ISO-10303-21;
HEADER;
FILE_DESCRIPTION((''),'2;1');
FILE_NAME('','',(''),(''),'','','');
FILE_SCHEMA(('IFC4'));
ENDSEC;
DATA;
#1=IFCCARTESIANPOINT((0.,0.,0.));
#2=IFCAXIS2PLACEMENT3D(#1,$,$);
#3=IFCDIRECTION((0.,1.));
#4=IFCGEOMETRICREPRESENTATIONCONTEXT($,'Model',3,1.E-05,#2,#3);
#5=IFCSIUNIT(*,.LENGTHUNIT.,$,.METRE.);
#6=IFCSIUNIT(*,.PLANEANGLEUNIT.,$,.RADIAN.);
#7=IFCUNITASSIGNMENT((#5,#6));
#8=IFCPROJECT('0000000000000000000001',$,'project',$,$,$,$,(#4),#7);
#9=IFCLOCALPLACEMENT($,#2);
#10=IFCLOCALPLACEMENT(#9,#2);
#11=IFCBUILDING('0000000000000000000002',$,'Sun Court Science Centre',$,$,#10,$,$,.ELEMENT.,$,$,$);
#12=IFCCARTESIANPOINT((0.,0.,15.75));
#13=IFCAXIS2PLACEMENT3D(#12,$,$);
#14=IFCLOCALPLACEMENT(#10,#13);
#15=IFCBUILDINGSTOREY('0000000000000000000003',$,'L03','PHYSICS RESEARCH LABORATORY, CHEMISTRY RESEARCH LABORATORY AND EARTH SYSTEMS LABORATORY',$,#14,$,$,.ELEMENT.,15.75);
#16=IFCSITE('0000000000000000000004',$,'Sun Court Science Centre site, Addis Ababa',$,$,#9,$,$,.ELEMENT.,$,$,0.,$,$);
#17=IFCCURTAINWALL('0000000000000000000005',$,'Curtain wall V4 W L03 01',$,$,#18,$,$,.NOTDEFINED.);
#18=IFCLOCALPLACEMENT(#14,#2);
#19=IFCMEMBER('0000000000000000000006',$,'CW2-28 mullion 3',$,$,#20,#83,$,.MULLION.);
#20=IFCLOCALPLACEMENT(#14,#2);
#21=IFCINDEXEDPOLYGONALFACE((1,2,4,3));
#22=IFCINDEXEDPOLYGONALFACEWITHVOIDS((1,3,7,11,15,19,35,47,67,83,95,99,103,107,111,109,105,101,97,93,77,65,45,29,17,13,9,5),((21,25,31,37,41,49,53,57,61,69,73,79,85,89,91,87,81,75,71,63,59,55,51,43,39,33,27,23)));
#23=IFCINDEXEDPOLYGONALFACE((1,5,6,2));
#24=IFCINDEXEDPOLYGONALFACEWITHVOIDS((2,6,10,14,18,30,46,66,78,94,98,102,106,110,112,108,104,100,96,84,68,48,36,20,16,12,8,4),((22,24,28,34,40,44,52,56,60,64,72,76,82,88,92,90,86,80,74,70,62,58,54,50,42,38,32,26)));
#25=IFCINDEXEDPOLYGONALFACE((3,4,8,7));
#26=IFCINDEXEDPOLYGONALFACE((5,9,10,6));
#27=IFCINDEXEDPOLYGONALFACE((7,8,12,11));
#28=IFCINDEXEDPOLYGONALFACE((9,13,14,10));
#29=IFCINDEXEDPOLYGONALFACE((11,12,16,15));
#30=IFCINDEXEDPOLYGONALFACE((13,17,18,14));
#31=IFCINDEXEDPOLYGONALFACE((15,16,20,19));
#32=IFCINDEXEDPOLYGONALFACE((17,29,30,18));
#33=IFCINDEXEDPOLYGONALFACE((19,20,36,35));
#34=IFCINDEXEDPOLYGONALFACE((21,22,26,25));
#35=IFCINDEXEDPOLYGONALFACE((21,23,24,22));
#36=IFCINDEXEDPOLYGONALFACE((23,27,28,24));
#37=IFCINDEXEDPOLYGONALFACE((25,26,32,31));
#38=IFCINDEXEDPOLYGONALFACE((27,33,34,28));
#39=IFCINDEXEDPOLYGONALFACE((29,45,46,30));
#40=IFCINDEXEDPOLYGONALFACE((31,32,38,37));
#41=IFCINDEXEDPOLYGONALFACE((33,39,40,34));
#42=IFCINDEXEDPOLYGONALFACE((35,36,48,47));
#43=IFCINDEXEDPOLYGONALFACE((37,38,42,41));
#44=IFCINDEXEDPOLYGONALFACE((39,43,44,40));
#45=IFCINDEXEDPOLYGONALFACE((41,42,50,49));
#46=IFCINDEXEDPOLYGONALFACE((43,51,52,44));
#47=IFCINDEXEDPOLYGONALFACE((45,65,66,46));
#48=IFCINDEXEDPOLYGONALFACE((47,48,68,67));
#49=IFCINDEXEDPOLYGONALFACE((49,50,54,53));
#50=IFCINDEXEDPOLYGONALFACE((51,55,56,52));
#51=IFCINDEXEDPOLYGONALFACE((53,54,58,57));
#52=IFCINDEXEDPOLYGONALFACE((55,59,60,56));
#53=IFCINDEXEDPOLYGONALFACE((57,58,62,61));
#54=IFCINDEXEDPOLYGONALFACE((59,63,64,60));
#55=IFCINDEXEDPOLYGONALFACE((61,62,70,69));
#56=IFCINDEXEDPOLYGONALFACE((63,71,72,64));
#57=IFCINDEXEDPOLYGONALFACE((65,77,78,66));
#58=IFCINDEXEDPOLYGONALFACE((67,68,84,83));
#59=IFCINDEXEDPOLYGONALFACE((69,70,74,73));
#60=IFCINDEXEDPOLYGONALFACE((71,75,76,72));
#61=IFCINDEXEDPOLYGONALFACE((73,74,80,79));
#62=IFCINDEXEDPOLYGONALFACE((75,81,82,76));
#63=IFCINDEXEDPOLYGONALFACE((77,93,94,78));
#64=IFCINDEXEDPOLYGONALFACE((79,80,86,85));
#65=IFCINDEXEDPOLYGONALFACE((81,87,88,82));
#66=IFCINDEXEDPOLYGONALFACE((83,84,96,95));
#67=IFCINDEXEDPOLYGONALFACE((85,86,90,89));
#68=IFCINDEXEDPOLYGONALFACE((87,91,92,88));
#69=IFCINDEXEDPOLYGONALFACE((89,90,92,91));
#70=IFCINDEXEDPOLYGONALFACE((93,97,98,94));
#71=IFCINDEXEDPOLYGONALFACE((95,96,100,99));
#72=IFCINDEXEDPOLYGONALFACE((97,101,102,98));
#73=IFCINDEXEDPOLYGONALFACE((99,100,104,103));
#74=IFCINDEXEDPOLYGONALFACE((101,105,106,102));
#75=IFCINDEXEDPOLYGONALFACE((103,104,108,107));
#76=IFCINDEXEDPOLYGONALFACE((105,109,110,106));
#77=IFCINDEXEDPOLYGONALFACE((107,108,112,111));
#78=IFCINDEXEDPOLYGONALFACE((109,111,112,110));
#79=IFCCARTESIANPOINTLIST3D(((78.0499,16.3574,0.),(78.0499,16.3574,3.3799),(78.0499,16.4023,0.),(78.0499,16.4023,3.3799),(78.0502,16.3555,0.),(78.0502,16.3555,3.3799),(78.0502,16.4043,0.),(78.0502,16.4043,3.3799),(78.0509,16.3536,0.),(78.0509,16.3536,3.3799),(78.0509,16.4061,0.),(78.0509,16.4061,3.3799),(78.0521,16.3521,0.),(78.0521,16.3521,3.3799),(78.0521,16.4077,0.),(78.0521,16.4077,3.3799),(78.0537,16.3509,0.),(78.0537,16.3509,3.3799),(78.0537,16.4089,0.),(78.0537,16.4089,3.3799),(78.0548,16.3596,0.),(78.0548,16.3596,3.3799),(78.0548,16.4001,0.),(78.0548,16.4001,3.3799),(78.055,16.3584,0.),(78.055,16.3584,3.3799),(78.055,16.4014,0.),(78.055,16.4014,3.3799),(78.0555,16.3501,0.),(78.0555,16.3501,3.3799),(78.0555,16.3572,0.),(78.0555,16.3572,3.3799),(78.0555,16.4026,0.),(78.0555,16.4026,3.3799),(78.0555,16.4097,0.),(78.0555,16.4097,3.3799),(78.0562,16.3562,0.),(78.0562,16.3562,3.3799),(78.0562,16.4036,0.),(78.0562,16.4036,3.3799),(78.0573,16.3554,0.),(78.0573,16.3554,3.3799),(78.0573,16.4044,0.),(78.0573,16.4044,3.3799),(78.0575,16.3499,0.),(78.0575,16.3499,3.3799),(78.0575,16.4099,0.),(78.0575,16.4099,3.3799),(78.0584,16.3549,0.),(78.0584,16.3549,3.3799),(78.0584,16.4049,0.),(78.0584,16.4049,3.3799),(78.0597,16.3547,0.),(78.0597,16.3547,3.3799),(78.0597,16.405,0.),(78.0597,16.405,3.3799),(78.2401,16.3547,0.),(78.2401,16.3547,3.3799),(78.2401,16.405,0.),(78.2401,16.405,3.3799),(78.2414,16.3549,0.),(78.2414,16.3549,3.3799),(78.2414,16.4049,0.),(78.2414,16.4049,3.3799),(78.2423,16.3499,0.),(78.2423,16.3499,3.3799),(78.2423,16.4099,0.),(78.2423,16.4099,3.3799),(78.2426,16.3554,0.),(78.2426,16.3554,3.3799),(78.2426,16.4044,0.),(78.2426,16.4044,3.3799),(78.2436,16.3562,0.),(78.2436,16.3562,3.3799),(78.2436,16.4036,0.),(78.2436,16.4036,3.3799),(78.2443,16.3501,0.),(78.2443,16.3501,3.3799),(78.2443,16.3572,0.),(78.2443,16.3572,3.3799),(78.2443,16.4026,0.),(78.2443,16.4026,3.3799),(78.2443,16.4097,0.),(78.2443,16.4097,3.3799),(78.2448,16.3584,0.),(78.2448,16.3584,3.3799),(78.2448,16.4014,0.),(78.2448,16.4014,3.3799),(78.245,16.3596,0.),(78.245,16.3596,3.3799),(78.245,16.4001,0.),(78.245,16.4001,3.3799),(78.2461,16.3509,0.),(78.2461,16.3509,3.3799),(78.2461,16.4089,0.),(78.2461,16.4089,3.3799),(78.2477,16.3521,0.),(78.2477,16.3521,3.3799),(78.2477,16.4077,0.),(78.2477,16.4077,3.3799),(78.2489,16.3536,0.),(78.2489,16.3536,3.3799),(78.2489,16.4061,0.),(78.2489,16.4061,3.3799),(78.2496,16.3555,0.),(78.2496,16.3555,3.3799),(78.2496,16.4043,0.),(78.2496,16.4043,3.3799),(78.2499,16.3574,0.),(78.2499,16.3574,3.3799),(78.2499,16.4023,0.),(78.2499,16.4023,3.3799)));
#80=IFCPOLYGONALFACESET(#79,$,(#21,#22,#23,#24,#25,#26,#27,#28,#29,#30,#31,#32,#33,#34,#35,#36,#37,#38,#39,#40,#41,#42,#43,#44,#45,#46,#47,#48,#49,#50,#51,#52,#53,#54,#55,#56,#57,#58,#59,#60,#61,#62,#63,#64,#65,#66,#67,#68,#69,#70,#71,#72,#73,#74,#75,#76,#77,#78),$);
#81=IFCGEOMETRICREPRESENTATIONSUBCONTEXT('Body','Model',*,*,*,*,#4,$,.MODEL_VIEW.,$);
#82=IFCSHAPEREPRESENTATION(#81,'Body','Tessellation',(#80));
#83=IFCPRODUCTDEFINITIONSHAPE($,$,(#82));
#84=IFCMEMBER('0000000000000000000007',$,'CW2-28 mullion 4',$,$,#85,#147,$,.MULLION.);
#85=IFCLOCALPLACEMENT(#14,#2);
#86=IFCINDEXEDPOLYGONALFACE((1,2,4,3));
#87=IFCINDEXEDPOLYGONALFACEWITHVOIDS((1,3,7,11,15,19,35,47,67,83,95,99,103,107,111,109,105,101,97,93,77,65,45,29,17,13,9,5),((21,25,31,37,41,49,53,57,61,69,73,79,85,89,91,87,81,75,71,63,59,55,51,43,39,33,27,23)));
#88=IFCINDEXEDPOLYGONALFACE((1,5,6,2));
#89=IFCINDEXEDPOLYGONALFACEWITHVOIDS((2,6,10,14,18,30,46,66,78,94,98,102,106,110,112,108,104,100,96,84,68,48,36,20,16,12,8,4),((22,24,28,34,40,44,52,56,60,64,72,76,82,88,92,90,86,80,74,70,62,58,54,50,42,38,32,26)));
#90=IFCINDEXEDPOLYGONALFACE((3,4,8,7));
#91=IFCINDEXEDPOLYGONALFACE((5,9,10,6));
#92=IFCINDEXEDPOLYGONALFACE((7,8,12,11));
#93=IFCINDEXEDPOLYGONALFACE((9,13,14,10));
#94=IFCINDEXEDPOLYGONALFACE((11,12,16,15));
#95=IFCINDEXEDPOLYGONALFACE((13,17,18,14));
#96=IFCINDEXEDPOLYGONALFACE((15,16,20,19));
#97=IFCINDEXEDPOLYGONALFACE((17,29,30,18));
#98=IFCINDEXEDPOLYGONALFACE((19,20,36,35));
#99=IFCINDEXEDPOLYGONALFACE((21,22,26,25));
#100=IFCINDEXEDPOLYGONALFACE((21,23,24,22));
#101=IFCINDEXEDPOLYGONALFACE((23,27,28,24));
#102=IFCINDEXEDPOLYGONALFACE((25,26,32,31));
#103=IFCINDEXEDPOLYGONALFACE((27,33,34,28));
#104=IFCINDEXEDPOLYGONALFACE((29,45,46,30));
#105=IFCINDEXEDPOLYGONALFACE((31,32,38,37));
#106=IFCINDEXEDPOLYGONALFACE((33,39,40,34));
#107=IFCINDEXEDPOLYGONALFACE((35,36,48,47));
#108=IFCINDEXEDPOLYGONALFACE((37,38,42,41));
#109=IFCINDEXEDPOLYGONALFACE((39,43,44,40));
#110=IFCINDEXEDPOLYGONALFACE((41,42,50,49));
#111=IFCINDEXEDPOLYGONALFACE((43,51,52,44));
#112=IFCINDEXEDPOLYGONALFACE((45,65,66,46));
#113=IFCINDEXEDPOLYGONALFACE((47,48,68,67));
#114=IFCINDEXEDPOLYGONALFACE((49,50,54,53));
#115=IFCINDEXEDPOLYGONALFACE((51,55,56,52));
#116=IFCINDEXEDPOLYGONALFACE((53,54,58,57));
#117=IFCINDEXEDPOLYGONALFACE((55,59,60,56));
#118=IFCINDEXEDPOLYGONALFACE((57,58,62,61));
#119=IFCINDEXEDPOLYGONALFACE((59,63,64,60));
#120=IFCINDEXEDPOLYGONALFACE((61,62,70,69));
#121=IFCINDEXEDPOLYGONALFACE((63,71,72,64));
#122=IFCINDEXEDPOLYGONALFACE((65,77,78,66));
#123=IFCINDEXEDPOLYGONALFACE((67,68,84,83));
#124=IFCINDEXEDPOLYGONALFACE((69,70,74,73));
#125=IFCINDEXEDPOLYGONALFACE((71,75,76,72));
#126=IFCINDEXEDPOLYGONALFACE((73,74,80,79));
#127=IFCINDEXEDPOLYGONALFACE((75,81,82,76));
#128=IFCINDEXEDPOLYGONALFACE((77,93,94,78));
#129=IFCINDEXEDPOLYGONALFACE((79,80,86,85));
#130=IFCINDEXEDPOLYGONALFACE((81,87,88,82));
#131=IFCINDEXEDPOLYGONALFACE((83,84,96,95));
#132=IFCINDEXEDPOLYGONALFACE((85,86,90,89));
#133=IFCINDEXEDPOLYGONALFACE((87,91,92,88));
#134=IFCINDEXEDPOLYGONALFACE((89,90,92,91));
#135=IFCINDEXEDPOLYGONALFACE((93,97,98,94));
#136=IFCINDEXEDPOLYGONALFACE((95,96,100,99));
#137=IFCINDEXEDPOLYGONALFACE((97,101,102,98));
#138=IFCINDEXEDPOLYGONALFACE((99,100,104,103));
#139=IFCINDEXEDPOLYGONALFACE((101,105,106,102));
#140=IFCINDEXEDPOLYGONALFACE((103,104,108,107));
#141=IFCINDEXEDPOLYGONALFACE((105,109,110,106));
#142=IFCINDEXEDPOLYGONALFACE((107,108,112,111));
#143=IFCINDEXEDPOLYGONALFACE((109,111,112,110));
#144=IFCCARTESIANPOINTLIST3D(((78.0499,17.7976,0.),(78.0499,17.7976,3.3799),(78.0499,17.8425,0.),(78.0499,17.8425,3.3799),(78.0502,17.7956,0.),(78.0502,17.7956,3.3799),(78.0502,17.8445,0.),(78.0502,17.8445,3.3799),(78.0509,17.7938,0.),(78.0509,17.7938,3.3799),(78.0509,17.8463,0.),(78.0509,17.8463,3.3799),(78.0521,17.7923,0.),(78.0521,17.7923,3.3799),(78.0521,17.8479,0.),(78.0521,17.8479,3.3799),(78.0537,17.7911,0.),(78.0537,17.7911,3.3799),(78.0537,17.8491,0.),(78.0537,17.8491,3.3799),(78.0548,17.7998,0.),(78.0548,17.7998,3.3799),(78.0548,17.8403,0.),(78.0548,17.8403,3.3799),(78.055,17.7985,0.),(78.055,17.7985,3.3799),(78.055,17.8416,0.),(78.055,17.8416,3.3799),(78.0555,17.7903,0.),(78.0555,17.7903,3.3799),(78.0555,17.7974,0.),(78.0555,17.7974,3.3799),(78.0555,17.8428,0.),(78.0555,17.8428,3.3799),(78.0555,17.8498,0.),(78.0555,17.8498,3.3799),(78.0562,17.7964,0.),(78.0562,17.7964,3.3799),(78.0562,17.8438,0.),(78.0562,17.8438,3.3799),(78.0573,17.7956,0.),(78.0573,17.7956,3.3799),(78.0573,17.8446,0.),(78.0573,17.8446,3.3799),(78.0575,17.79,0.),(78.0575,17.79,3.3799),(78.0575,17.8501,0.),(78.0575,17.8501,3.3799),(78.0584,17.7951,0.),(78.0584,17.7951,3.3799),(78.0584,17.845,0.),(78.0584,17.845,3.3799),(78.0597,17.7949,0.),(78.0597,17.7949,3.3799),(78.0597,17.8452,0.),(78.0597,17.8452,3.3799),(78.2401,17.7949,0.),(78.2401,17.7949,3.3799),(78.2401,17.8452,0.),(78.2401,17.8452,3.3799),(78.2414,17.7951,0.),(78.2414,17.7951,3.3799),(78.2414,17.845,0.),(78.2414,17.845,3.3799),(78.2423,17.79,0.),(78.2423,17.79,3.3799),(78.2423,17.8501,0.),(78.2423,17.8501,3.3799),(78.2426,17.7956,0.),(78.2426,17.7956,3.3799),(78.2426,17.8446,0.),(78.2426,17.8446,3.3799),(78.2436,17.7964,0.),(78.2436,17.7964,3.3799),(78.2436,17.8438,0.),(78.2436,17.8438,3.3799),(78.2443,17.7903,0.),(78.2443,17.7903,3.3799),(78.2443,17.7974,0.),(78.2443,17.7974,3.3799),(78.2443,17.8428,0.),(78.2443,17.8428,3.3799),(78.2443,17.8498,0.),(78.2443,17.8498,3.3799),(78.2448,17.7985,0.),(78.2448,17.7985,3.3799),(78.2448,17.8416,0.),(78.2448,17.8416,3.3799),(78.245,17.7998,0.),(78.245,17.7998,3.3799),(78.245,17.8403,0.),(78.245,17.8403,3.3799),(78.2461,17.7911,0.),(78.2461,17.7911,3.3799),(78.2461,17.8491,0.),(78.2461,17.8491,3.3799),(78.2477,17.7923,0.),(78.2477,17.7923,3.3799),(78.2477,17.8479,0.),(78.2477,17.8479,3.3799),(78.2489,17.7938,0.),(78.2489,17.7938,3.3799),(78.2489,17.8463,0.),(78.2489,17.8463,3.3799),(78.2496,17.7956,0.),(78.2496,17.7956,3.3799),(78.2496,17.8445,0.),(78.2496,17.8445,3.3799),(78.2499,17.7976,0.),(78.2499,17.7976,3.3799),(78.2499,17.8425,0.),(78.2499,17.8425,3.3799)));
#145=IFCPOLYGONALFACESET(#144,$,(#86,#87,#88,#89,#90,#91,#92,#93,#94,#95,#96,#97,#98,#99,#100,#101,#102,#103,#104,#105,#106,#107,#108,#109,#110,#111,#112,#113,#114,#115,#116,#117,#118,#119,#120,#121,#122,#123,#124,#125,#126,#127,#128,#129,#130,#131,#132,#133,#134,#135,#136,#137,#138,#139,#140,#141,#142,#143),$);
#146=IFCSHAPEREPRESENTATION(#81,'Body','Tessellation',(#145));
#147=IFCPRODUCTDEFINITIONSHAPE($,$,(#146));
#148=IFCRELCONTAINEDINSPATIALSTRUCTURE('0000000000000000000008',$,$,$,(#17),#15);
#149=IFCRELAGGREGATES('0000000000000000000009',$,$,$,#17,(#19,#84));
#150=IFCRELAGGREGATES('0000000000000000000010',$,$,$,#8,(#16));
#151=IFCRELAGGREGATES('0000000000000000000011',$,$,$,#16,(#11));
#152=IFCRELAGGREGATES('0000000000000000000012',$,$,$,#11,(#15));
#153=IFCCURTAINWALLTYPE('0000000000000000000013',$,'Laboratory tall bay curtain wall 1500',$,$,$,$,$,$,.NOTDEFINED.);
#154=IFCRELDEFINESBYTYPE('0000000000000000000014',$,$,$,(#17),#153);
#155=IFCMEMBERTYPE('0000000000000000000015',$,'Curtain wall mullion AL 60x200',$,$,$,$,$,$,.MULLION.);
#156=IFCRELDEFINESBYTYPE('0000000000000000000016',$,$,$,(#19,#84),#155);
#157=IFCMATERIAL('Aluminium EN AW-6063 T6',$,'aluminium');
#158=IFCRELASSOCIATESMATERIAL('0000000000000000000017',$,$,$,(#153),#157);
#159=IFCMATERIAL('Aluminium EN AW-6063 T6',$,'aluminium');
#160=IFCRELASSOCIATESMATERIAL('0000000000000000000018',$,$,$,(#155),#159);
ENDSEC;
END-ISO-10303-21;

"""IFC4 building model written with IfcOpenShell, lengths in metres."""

from ifc_helpers import new_model, si_unit, direction, frame, origin, origin_2d, place, context, subcontext, project, spatial, hollow_rectangle, extrude, material, material_profile, profile_set, type_object, element, aggregate, save


model = new_model("IFC4")

# Units and contexts
model_context = context("Model", 3, precision=1e-05, world=origin(), true_north=direction((0.0, 1.0)))
body_context = subcontext(model_context, "Body", "Model", "MODEL_VIEW")
ifc_project = project(units=[si_unit("LENGTHUNIT", "METRE"), si_unit("PLANEANGLEUNIT", "RADIAN")], contexts=[model_context])

# Site, building, storey
site_placement = place(None, origin())
site = spatial("IfcSite", under=ifc_project, at=site_placement, Name="Sun Court Science Centre site, Addis Ababa", CompositionType="ELEMENT", RefElevation=0.0)
building_placement = place(site_placement, origin())
building = spatial("IfcBuilding", under=site, at=building_placement, Name="Sun Court Science Centre", CompositionType="ELEMENT")
storey_placement = place(building_placement, frame((0.0, 0.0, 15.75)))
storey = spatial("IfcBuildingStorey", under=building, at=storey_placement, Name="L03", Description="PHYSICS RESEARCH LABORATORY, CHEMISTRY RESEARCH LABORATORY AND EARTH SYSTEMS LABORATORY", CompositionType="ELEMENT", Elevation=15.75)

# Curtain wall, members
ifc_material_1 = material(Name="Aluminium EN AW-6063 T6", Category="aluminium")
curtain_wall_type = type_object("IfcCurtainWallType", Name="Laboratory tall bay curtain wall 1500", PredefinedType="NOTDEFINED", material=ifc_material_1)
curtain_wall_placement = place(storey_placement, origin())
curtain_wall = element("IfcCurtainWall", 1, at=curtain_wall_placement, inside=storey, type_object=curtain_wall_type, Name="Curtain wall V4 W L03 01", PredefinedType="NOTDEFINED")
ifc_material_2 = material(Name="Aluminium EN AW-6063 T6", Category="aluminium")
ifc_material_profile_1 = material_profile(ifc_material_2, hollow_rectangle(XDim=0.0601, YDim=0.2, WallThickness=0.0049, InnerFilletRadius=0.0049, OuterFilletRadius=0.0076, at=origin_2d()), Name="AL 60x200x5")
ifc_profile_set_1 = profile_set([ifc_material_profile_1], Name="Aluminium EN AW-6063 T6")
member_type_1 = type_object("IfcMemberType", Name="Curtain wall mullion AL 60x200", PredefinedType="MULLION", material=ifc_profile_set_1)
member_1_placement = place(storey_placement, frame((78.1499, 16.3799, 0.0), z_axis=(0.0, 0.0, 1.0), x_axis=(0.0, 1.0, 0.0)))
member_1 = element("IfcMember", 2, at=member_1_placement, type_object=member_type_1, Name="CW2-28 mullion 3", PredefinedType="MULLION", context=body_context, shape_type="SweptSolid", body=[
    extrude(hollow_rectangle(XDim=0.0601, YDim=0.2, WallThickness=0.0049, InnerFilletRadius=0.0049, OuterFilletRadius=0.0076, at=origin_2d()), origin(), (0.0, 0.0, 1.0), 3.3799),
])
member_2_placement = place(storey_placement, frame((78.1499, 17.8201, 0.0), z_axis=(0.0, 0.0, 1.0), x_axis=(0.0, 1.0, 0.0)))
member_2 = element("IfcMember", 3, at=member_2_placement, type_object=member_type_1, Name="CW2-28 mullion 4", PredefinedType="MULLION", context=body_context, shape_type="SweptSolid", body=[
    extrude(hollow_rectangle(XDim=0.0601, YDim=0.2, WallThickness=0.0049, InnerFilletRadius=0.0049, OuterFilletRadius=0.0076, at=origin_2d()), origin(), (0.0, 0.0, 1.0), 3.3799),
])

aggregate(curtain_wall, [member_1, member_2])

save(model, "model.ifc")
